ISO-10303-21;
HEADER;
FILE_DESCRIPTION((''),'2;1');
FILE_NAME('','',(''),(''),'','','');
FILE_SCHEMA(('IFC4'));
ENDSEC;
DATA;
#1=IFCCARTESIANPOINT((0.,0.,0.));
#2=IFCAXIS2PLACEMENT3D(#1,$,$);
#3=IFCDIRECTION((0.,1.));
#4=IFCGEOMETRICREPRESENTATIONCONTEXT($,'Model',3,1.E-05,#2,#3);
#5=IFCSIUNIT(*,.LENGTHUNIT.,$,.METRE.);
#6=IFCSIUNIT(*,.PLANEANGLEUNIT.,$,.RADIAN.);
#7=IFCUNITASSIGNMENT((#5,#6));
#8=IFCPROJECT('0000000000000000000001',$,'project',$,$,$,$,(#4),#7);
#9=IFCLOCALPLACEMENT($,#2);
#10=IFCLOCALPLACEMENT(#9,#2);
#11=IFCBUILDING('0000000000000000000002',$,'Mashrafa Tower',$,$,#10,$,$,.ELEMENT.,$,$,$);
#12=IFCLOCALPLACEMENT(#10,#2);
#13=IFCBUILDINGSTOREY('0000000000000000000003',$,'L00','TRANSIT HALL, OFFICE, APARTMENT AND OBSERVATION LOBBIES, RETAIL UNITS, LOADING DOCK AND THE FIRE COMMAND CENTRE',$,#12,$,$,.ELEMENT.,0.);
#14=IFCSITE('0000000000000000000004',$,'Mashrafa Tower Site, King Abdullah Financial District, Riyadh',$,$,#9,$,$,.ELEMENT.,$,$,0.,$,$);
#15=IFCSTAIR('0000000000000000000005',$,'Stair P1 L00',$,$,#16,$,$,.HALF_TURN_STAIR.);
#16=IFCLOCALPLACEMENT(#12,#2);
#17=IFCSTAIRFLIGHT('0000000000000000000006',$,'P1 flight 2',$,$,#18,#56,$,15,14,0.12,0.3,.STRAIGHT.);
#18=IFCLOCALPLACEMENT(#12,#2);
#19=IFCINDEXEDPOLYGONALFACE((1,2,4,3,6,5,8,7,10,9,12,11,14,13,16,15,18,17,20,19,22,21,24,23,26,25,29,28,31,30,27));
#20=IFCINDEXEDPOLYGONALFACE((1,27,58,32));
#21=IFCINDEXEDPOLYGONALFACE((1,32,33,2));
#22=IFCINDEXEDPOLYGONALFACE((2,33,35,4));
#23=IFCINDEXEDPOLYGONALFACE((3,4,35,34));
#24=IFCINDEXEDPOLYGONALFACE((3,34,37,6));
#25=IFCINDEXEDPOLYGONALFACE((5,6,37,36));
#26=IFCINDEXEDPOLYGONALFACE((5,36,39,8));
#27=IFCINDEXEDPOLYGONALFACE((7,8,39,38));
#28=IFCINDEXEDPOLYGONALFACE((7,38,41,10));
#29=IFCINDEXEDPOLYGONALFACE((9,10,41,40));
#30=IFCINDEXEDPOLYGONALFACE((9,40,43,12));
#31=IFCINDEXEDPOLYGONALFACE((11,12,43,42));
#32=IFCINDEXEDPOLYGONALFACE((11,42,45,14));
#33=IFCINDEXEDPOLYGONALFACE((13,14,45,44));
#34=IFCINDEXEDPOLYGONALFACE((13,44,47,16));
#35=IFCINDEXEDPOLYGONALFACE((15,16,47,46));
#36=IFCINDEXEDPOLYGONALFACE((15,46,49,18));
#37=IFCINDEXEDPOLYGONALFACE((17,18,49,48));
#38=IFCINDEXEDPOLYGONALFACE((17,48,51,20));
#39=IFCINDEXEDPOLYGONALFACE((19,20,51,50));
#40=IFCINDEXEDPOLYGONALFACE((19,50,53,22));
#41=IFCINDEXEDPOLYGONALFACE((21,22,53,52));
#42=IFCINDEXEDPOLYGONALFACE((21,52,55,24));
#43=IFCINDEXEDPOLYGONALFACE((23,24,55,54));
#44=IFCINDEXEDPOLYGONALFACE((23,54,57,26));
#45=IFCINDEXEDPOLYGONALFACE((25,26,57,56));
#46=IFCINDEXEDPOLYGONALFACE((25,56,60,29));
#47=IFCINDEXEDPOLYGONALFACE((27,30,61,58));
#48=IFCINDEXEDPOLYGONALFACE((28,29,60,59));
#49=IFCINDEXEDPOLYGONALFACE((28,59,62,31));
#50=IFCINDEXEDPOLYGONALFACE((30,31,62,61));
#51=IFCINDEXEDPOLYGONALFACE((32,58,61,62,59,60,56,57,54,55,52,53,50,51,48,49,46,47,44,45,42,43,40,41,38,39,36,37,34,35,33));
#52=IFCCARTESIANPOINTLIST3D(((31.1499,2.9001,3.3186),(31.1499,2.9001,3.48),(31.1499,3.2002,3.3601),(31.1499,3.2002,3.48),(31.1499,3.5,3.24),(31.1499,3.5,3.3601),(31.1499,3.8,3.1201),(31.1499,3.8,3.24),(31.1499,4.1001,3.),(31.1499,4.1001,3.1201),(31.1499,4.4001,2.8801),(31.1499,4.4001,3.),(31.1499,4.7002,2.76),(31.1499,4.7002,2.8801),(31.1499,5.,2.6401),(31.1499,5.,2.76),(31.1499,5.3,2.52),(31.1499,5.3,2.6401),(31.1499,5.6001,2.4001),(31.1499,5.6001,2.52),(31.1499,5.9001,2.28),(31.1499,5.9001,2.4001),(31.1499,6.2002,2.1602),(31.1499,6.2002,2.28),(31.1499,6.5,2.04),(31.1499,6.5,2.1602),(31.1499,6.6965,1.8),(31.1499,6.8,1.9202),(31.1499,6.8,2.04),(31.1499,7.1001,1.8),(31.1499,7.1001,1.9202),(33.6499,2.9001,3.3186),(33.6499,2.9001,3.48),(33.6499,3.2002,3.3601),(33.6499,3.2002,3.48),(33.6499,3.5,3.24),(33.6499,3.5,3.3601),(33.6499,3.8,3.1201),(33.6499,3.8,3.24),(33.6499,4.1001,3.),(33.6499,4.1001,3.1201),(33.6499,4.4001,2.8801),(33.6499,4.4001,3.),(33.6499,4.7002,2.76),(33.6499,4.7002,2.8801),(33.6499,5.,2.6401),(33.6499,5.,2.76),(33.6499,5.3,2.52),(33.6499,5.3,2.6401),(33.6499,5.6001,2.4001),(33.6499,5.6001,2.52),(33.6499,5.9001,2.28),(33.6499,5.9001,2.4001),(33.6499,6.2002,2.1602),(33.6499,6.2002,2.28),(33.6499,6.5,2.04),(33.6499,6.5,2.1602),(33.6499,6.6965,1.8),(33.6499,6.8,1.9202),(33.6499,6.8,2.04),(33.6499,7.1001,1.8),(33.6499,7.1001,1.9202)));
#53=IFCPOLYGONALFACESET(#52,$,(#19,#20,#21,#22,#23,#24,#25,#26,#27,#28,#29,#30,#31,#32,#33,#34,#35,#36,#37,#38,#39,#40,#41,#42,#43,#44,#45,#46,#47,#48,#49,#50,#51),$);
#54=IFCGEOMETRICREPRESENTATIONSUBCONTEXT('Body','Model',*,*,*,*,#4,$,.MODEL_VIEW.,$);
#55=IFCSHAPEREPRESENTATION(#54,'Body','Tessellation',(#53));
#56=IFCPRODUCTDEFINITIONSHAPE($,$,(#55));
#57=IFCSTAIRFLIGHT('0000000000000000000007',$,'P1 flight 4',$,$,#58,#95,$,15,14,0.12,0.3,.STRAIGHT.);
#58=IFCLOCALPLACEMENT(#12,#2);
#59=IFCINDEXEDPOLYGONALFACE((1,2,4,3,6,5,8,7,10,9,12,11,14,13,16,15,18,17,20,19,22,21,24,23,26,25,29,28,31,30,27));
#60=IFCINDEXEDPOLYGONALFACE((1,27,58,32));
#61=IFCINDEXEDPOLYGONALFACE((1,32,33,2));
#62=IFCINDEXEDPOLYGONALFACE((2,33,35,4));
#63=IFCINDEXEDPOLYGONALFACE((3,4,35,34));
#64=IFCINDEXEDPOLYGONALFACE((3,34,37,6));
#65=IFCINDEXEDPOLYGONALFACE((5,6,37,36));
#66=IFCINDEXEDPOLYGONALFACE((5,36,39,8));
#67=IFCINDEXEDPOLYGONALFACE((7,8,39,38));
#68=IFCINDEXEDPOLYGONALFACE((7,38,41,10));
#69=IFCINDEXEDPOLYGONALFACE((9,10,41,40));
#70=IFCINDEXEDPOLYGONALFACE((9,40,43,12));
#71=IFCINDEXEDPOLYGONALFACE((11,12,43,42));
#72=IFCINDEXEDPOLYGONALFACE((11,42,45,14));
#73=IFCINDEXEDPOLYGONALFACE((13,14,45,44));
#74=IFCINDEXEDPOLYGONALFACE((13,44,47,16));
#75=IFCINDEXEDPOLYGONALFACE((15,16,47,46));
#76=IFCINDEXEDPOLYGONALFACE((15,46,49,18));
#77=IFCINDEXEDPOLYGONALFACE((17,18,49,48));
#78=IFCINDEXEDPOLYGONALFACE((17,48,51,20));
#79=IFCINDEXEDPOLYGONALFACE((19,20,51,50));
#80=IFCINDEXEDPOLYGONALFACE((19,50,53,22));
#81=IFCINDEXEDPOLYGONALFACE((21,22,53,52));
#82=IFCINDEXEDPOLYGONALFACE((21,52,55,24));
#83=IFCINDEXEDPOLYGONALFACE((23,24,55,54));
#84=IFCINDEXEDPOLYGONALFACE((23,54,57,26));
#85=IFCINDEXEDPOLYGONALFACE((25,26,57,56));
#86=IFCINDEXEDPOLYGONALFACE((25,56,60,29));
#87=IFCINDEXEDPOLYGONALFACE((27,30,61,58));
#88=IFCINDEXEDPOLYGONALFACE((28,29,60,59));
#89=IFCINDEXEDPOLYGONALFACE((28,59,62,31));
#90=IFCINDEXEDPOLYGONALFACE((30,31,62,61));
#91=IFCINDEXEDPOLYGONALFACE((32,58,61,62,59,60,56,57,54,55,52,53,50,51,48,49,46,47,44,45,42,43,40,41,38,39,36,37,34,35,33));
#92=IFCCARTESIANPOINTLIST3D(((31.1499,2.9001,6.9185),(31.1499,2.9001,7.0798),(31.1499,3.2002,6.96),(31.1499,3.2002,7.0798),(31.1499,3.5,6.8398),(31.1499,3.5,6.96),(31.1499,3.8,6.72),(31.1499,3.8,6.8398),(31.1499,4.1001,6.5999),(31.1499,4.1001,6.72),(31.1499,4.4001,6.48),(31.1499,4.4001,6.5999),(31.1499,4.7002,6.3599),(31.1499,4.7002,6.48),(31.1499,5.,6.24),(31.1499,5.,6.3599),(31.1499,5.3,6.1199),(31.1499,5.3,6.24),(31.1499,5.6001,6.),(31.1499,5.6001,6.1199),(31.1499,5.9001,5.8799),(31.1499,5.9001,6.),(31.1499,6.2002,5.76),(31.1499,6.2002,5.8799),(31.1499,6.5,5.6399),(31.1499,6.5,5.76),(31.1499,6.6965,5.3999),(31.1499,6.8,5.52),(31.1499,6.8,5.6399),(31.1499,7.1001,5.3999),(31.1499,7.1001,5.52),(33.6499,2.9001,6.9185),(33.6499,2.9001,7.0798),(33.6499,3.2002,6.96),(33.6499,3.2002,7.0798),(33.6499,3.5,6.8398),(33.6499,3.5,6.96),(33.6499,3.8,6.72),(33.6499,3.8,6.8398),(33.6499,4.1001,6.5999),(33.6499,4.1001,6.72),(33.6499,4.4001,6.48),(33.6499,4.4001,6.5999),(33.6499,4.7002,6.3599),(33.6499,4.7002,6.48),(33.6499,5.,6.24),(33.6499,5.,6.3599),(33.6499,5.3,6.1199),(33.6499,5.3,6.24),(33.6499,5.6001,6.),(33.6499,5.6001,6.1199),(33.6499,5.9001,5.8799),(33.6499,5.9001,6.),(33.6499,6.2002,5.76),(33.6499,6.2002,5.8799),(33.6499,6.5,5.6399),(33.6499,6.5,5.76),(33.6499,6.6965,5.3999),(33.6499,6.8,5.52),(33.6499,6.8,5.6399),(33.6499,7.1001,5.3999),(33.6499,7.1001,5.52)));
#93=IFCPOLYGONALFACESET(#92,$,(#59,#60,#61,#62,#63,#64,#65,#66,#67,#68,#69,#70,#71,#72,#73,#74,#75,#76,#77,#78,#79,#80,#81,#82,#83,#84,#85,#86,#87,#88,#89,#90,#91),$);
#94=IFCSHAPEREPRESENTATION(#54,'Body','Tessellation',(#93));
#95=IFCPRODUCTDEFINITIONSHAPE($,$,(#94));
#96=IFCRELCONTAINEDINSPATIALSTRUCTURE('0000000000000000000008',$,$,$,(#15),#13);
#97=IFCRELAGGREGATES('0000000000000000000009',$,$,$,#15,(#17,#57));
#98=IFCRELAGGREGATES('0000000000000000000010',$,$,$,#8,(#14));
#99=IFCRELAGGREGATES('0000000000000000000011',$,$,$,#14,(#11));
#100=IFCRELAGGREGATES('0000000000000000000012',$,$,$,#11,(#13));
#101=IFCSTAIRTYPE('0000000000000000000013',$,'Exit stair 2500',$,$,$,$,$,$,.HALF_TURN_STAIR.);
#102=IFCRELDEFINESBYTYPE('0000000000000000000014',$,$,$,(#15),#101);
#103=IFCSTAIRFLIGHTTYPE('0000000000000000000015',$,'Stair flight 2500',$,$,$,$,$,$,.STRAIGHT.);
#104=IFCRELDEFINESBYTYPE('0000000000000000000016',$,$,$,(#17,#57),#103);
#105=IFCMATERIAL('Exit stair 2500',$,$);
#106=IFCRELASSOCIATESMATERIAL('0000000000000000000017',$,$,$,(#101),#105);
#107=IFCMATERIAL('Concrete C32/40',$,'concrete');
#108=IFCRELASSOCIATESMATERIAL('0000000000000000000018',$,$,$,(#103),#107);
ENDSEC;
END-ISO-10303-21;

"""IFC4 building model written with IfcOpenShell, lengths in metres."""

from ifc_helpers import new_model, si_unit, direction, frame, origin, place, context, subcontext, project, spatial, polyline, outline, extrude, material, type_object, element, aggregate, save


model = new_model("IFC4")

# Units and contexts
model_context = context("Model", 3, precision=1e-05, world=origin(), true_north=direction((0.0, 1.0)))
body_context = subcontext(model_context, "Body", "Model", "MODEL_VIEW")
ifc_project = project(units=[si_unit("LENGTHUNIT", "METRE"), si_unit("PLANEANGLEUNIT", "RADIAN")], contexts=[model_context])

# Site, building, storey
site_placement = place(None, origin())
site = spatial("IfcSite", under=ifc_project, at=site_placement, Name="Mashrafa Tower Site, King Abdullah Financial District, Riyadh", CompositionType="ELEMENT", RefElevation=0.0)
building_placement = place(site_placement, origin())
building = spatial("IfcBuilding", under=site, at=building_placement, Name="Mashrafa Tower", CompositionType="ELEMENT")
storey_placement = place(building_placement, origin())
storey = spatial("IfcBuildingStorey", under=building, at=storey_placement, Name="L00", Description="TRANSIT HALL, OFFICE, APARTMENT AND OBSERVATION LOBBIES, RETAIL UNITS, LOADING DOCK AND THE FIRE COMMAND CENTRE", CompositionType="ELEMENT", Elevation=0.0)

# Stair, stair flights
ifc_material_1 = material(Name="Exit stair 2500")
stair_type = type_object("IfcStairType", Name="Exit stair 2500", PredefinedType="HALF_TURN_STAIR", material=ifc_material_1)
stair_placement = place(storey_placement, origin())
stair = element("IfcStair", 1, at=stair_placement, inside=storey, type_object=stair_type, Name="Stair P1 L00", PredefinedType="HALF_TURN_STAIR")
ifc_material_2 = material(Name="Concrete C32/40", Category="concrete")
stair_flight_type = type_object("IfcStairFlightType", Name="Stair flight 2500", PredefinedType="STRAIGHT", material=ifc_material_2)
stair_flight_1_placement = place(storey_placement, frame((32.3999, 7.1001, 1.8), z_axis=(0.0, 0.0, 1.0), x_axis=(0.0, -1.0, 0.0)))
stair_flight_1 = element("IfcStairFlight", 2, at=stair_flight_1_placement, type_object=stair_flight_type, Name="P1 flight 2", NumberOfRisers=15, NumberOfTreads=14, PredefinedType="STRAIGHT", RiserHeight=0.12, TreadLength=0.3, context=body_context, shape_type="SweptSolid", body=[
    extrude(outline(polyline([(0.0, 0.0), (0.0, 0.1201), (0.3, 0.1201), (0.3, 0.24), (0.6001, 0.24), (0.6001, 0.3601), (0.8999, 0.3601), (0.8999, 0.48), (1.2, 0.48), (1.2, 0.6001), (1.5, 0.6001), (1.5, 0.72), (1.8, 0.72), (1.8, 0.8401), (2.1001, 0.8401), (2.1001, 0.96), (2.3999, 0.96), (2.3999, 1.0801), (2.7, 1.0801), (2.7, 1.2), (3.0, 1.2), (3.0, 1.3201), (3.3, 1.3201), (3.3, 1.4399), (3.6001, 1.4399), (3.6001, 1.5601), (3.8999, 1.5601), (3.8999, 1.6799), (4.2, 1.6799), (4.2, 1.8), (4.2, 1.5186), (0.4036, 0.0), (0.0, 0.0)])), frame((0.0, 1.25, 0.0), z_axis=(0.0, -1.0, 0.0), x_axis=(1.0, 0.0, 0.0)), (0.0, 0.0, 1.0), 2.5),
])
stair_flight_2_placement = place(storey_placement, frame((32.3999, 7.1001, 5.3999), z_axis=(0.0, 0.0, 1.0), x_axis=(0.0, -1.0, 0.0)))
stair_flight_2 = element("IfcStairFlight", 3, at=stair_flight_2_placement, type_object=stair_flight_type, Name="P1 flight 4", NumberOfRisers=15, NumberOfTreads=14, PredefinedType="STRAIGHT", RiserHeight=0.12, TreadLength=0.3, context=body_context, shape_type="SweptSolid", body=[
    extrude(outline(polyline([(0.0, 0.0), (0.0, 0.1201), (0.3, 0.1201), (0.3, 0.24), (0.6001, 0.24), (0.6001, 0.3601), (0.8999, 0.3601), (0.8999, 0.48), (1.2, 0.48), (1.2, 0.6001), (1.5, 0.6001), (1.5, 0.72), (1.8, 0.72), (1.8, 0.8401), (2.1001, 0.8401), (2.1001, 0.96), (2.3999, 0.96), (2.3999, 1.0801), (2.7, 1.0801), (2.7, 1.2), (3.0, 1.2), (3.0, 1.3201), (3.3, 1.3201), (3.3, 1.4399), (3.6001, 1.4399), (3.6001, 1.5601), (3.8999, 1.5601), (3.8999, 1.6799), (4.2, 1.6799), (4.2, 1.8), (4.2, 1.5186), (0.4036, 0.0), (0.0, 0.0)])), frame((0.0, 1.25, 0.0), z_axis=(0.0, -1.0, 0.0), x_axis=(1.0, 0.0, 0.0)), (0.0, 0.0, 1.0), 2.5),
])
aggregate(stair, [stair_flight_1, stair_flight_2])

save(model, "model.ifc")
